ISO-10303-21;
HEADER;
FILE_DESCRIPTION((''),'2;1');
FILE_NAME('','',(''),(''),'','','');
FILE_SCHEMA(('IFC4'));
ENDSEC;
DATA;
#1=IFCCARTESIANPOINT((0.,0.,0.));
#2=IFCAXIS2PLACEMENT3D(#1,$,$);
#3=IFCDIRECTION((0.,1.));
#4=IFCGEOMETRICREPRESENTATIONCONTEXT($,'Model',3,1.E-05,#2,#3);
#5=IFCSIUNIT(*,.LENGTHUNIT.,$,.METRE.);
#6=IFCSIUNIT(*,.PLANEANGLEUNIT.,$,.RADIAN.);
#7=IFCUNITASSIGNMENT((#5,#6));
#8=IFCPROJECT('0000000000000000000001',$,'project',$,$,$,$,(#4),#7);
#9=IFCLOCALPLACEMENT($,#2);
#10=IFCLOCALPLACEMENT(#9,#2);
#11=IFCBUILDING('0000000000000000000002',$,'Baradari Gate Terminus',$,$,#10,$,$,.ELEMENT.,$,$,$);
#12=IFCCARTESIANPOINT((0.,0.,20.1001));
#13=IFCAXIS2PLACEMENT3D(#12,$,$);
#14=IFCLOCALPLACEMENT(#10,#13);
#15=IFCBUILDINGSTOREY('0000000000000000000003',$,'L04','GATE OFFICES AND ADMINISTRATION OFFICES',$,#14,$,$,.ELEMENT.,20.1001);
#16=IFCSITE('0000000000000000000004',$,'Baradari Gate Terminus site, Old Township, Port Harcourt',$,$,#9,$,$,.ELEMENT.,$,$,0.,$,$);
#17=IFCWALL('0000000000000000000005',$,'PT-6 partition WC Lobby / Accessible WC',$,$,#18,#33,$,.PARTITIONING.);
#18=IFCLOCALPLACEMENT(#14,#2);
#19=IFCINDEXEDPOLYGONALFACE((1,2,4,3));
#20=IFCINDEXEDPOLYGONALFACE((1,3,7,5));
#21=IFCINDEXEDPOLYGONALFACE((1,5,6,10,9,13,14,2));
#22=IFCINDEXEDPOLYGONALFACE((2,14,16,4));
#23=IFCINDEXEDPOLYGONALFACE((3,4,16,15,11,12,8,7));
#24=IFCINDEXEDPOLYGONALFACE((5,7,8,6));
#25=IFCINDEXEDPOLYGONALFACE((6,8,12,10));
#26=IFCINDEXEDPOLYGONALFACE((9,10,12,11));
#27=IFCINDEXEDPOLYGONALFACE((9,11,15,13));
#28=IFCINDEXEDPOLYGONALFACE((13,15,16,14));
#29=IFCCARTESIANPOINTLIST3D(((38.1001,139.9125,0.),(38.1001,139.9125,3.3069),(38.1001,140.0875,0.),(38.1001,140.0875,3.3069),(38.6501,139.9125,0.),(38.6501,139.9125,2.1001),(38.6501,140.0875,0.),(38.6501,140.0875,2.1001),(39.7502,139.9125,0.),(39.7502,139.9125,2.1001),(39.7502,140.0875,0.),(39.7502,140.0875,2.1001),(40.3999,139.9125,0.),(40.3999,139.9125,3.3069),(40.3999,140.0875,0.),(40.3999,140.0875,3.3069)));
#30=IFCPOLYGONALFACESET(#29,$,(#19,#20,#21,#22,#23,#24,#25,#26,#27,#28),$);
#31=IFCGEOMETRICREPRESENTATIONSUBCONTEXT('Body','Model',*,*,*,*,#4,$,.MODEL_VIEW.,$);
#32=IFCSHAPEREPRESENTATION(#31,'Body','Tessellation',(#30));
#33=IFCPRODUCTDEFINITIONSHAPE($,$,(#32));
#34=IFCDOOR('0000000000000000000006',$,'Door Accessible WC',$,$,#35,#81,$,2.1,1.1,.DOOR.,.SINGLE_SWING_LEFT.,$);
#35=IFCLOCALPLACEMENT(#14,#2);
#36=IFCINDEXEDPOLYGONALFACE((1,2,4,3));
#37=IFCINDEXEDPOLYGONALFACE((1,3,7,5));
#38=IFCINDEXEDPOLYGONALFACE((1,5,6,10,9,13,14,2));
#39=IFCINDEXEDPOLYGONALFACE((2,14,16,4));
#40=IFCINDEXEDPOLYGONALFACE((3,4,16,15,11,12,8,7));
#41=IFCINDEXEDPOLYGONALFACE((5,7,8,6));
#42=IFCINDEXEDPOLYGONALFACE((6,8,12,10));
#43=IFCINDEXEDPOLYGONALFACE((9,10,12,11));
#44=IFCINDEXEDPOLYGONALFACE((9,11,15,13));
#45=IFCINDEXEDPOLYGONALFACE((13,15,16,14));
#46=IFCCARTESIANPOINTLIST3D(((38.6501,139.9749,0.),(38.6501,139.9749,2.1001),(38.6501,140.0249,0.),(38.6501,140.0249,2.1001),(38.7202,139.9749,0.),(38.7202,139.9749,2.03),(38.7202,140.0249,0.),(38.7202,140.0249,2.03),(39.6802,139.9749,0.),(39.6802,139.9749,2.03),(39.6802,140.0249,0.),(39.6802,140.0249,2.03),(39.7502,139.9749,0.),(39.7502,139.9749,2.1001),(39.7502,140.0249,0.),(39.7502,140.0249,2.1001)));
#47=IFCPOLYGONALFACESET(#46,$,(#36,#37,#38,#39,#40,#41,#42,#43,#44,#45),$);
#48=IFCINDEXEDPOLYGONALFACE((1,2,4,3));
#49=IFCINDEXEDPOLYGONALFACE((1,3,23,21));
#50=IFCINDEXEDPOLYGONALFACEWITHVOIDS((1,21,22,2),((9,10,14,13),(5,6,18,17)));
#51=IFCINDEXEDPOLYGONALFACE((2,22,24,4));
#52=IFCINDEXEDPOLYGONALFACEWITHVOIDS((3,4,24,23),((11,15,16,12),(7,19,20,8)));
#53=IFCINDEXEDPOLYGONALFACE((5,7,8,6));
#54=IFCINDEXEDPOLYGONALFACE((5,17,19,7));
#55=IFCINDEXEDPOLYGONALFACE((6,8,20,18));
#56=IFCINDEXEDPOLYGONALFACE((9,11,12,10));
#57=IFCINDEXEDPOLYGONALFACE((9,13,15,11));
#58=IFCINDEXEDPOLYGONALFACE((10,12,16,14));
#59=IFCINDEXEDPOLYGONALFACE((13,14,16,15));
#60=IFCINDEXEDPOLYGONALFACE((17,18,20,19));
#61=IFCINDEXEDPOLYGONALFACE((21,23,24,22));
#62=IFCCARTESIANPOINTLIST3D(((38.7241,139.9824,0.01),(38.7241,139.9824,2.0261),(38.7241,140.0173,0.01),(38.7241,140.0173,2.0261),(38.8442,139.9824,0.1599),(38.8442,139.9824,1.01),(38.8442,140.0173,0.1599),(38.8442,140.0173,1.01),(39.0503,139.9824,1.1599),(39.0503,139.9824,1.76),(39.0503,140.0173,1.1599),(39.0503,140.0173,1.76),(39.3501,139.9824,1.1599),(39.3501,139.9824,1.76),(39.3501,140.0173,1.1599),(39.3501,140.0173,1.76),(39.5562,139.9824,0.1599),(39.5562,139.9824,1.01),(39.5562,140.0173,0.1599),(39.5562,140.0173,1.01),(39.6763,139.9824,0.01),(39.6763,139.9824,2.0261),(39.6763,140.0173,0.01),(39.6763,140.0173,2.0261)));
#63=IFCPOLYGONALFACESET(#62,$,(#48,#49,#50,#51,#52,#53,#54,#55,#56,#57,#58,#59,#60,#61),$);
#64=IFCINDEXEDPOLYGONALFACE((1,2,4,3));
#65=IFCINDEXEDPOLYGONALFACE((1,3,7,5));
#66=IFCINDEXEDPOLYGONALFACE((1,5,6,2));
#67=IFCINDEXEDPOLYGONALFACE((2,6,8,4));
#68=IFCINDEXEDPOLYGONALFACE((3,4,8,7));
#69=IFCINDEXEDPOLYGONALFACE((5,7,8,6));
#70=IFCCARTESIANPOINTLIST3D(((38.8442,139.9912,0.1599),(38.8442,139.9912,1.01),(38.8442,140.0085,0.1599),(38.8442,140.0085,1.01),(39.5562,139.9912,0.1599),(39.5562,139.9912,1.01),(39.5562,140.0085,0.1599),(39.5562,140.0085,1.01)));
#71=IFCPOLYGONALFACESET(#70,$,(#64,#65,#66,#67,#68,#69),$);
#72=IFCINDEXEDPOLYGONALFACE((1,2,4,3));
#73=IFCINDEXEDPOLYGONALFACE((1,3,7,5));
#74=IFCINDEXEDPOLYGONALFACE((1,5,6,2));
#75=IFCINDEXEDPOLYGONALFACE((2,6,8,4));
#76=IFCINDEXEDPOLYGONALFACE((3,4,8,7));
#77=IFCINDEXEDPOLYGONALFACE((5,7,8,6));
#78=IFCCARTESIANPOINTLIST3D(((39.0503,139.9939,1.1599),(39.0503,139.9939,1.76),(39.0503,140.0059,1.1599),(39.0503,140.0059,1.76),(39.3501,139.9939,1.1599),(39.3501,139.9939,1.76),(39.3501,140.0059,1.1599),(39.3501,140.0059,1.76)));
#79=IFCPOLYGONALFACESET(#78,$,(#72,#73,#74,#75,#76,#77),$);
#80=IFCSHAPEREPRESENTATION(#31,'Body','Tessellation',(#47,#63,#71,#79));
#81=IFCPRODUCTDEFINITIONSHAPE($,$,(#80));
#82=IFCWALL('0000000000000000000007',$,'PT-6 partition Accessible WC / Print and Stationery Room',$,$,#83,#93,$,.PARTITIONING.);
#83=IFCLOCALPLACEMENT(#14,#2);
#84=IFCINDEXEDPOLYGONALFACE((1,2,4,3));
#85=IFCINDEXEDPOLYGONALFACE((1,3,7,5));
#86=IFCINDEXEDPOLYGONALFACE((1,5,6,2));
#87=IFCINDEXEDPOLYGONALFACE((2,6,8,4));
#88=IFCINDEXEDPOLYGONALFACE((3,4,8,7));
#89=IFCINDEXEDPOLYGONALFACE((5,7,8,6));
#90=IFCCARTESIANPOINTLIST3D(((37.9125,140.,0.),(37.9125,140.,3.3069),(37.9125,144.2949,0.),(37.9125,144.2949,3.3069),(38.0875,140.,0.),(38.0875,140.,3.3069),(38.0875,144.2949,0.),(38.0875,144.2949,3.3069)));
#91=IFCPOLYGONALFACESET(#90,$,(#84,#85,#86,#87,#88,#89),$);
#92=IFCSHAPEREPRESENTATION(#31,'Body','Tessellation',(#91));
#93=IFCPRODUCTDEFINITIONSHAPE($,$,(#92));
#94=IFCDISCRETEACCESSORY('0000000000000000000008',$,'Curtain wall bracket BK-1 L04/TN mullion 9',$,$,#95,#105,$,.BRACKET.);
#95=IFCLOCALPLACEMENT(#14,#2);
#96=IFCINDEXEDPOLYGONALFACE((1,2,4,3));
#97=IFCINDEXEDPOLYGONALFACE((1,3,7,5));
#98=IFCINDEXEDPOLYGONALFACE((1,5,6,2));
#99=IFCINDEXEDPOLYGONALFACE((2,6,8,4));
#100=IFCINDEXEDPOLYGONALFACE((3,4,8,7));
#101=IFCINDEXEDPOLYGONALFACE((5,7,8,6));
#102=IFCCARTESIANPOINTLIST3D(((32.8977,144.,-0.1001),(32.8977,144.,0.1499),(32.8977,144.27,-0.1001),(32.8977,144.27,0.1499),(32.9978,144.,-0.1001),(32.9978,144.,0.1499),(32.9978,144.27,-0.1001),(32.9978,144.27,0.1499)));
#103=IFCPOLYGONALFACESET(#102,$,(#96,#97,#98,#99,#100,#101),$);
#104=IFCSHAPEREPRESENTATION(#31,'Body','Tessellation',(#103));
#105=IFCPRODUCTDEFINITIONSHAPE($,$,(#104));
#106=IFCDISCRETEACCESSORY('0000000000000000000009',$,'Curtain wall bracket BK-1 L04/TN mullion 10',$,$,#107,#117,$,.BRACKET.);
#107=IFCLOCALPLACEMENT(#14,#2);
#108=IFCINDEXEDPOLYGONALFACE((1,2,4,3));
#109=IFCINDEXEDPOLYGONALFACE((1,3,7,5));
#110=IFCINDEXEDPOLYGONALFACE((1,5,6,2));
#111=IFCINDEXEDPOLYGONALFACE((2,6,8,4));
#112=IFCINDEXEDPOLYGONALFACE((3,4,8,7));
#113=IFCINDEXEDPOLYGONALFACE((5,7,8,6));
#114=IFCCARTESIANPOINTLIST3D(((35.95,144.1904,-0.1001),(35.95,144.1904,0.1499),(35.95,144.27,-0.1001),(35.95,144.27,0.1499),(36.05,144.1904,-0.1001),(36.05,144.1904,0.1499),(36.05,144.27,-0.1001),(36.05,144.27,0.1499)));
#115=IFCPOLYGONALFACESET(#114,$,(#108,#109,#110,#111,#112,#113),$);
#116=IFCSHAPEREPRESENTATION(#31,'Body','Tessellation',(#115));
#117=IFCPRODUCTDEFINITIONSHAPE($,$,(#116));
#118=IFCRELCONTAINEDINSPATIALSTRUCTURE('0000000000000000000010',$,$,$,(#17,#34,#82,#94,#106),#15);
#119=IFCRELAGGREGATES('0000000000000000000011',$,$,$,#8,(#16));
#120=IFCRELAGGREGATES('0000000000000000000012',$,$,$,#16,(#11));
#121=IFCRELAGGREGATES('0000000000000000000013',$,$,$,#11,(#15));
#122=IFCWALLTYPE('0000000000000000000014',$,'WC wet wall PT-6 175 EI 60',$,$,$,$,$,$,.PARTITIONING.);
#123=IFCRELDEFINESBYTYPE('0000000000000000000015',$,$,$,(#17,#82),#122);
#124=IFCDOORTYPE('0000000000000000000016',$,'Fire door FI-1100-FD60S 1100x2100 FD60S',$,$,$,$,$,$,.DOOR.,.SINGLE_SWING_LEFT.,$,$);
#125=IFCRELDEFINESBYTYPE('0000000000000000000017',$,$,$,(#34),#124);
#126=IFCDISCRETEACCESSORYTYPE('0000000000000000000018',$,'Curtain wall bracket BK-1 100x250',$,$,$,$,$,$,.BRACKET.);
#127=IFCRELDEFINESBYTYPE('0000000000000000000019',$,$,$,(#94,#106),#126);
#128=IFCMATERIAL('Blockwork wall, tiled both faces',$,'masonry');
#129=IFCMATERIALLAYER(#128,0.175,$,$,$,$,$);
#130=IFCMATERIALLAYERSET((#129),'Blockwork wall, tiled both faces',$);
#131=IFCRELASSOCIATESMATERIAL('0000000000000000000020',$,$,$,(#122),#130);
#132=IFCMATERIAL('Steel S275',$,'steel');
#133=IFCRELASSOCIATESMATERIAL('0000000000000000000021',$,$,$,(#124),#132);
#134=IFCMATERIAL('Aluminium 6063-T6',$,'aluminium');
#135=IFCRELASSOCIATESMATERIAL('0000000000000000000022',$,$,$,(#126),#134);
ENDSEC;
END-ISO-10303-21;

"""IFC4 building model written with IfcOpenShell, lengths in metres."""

from ifc_helpers import new_model, si_unit, direction, frame, frame_2d, origin, origin_2d, place, context, subcontext, project, spatial, polyline, rectangle, outline, extrude, material, layer, layer_set, type_object, element, fill, save


model = new_model("IFC4")

# Units and contexts
model_context = context("Model", 3, precision=1e-05, world=origin(), true_north=direction((0.0, 1.0)))
body_context = subcontext(model_context, "Body", "Model", "MODEL_VIEW")
ifc_project = project(units=[si_unit("LENGTHUNIT", "METRE"), si_unit("PLANEANGLEUNIT", "RADIAN")], contexts=[model_context])

# Site, building, storey
site_placement = place(None, origin())
site = spatial("IfcSite", under=ifc_project, at=site_placement, Name="Baradari Gate Terminus site, Old Township, Port Harcourt", CompositionType="ELEMENT", RefElevation=0.0)
building_placement = place(site_placement, origin())
building = spatial("IfcBuilding", under=site, at=building_placement, Name="Baradari Gate Terminus", CompositionType="ELEMENT")
storey_placement = place(building_placement, frame((0.0, 0.0, 20.1001)))
storey = spatial("IfcBuildingStorey", under=building, at=storey_placement, Name="L04", Description="GATE OFFICES AND ADMINISTRATION OFFICES", CompositionType="ELEMENT", Elevation=20.1001)

# Wall, opening, door
ifc_material_1 = material(Name="Blockwork wall, tiled both faces", Category="masonry")
ifc_layer_1 = layer(ifc_material_1, 0.175)
ifc_layer_set_1 = layer_set([ifc_layer_1], Name="Blockwork wall, tiled both faces")
wall_type_1 = type_object("IfcWallType", Name="WC wet wall PT-6 175 EI 60", PredefinedType="PARTITIONING", material=ifc_layer_set_1)
wall_1_placement = place(storey_placement, frame((38.1001, 140.0, 0.0), z_axis=(0.0, 0.0, 1.0), x_axis=(1.0, 0.0, 0.0)))
wall_1 = element("IfcWall", 1, at=wall_1_placement, inside=storey, type_object=wall_type_1, Name="PT-6 partition WC Lobby / Accessible WC", PredefinedType="PARTITIONING", context=body_context, shape_type="SweptSolid", body=[
    extrude(rectangle(XDim=2.2998, YDim=0.175, at=frame_2d((1.1499, 0.0))), origin(), (0.0, 0.0, 1.0), 3.3069),
])
opening_placement = place(wall_1_placement, frame((0.55, 0.0, 0.0)))
opening = element("IfcOpeningElement", 2, at=opening_placement, cuts=wall_1, PredefinedType="OPENING", context=body_context, shape_type="SweptSolid", body=[
    extrude(rectangle(XDim=1.1001, YDim=2.1001, at=frame_2d((0.55, 1.05))), frame((0.0, 0.0974, 0.0), z_axis=(0.0, -1.0, 0.0), x_axis=(1.0, 0.0, 0.0)), (0.0, 0.0, 1.0), 0.1951),
])
ifc_material_2 = material(Name="Steel S275", Category="steel")
door_type = type_object("IfcDoorType", Name="Fire door FI-1100-FD60S 1100x2100 FD60S", OperationType="SINGLE_SWING_LEFT", PredefinedType="DOOR", material=ifc_material_2)
door_placement = place(opening_placement, origin())
door = element("IfcDoor", 3, at=door_placement, inside=storey, type_object=door_type, Name="Door Accessible WC", OperationType="SINGLE_SWING_LEFT", OverallHeight=2.1, OverallWidth=1.1, PredefinedType="DOOR", context=body_context, shape_type="SweptSolid", body=[
    extrude(outline(polyline([(0.0, 0.0), (0.0701, 0.0), (0.0701, 2.03), (1.03, 2.03), (1.03, 0.0), (1.1001, 0.0), (1.1001, 2.1001), (0.0, 2.1001), (0.0, 0.0)])), frame((0.0, 0.0249, 0.0), z_axis=(0.0, -1.0, 0.0), x_axis=(1.0, 0.0, 0.0)), (0.0, 0.0, 1.0), 0.05),
    extrude(outline(polyline([(0.074, 0.01), (1.0261, 0.01), (1.0261, 2.0261), (0.074, 2.0261), (0.074, 0.01)]), holes=[polyline([(0.1941, 0.1599), (0.906, 0.1599), (0.906, 1.01), (0.1941, 1.01), (0.1941, 0.1599)]), polyline([(0.4001, 1.1599), (0.7, 1.1599), (0.7, 1.76), (0.4001, 1.76), (0.4001, 1.1599)])]), frame((0.0, 0.0173, 0.0), z_axis=(0.0, -1.0, 0.0), x_axis=(1.0, 0.0, 0.0)), (0.0, 0.0, 1.0), 0.0349),
    extrude(rectangle(XDim=0.7119, YDim=0.8501, at=frame_2d((0.55, 0.585))), frame((0.0, 0.0085, 0.0), z_axis=(0.0, -1.0, 0.0), x_axis=(1.0, 0.0, 0.0)), (0.0, 0.0, 1.0), 0.0173),
    extrude(rectangle(XDim=0.2998, YDim=0.6001, at=frame_2d((0.55, 1.46))), frame((0.0, 0.0059, 0.0), z_axis=(0.0, -1.0, 0.0), x_axis=(1.0, 0.0, 0.0)), (0.0, 0.0, 1.0), 0.012),
])
fill(opening, door)

# Wall
wall_2_placement = place(storey_placement, frame((38.0, 140.0, 0.0), z_axis=(0.0, 0.0, 1.0), x_axis=(0.0, 1.0, 0.0)))
element("IfcWall", 4, at=wall_2_placement, inside=storey, type_object=wall_type_1, Name="PT-6 partition Accessible WC / Print and Stationery Room", PredefinedType="PARTITIONING", context=body_context, shape_type="SweptSolid", body=[
    extrude(rectangle(XDim=4.2949, YDim=0.175, at=frame_2d((2.1475, 0.0))), origin(), (0.0, 0.0, 1.0), 3.3069),
])

# Discrete accessories
ifc_material_3 = material(Name="Aluminium 6063-T6", Category="aluminium")
discrete_accessory_type = type_object("IfcDiscreteAccessoryType", Name="Curtain wall bracket BK-1 100x250", PredefinedType="BRACKET", material=ifc_material_3)
discrete_accessory_1_placement = place(storey_placement, frame((32.9478, 144.135, -0.1001), z_axis=(0.0, 0.0, 1.0), x_axis=(0.0, 1.0, 0.0)))
element("IfcDiscreteAccessory", 5, at=discrete_accessory_1_placement, inside=storey, type_object=discrete_accessory_type, Name="Curtain wall bracket BK-1 L04/TN mullion 9", PredefinedType="BRACKET", context=body_context, shape_type="SweptSolid", body=[
    extrude(rectangle(XDim=0.27, YDim=0.1001, at=origin_2d()), origin(), (0.0, 0.0, 1.0), 0.25),
])
discrete_accessory_2_placement = place(storey_placement, frame((36.0, 144.2302, -0.1001), z_axis=(0.0, 0.0, 1.0), x_axis=(0.0, 1.0, 0.0)))
element("IfcDiscreteAccessory", 6, at=discrete_accessory_2_placement, inside=storey, type_object=discrete_accessory_type, Name="Curtain wall bracket BK-1 L04/TN mullion 10", PredefinedType="BRACKET", context=body_context, shape_type="SweptSolid", body=[
    extrude(rectangle(XDim=0.0796, YDim=0.1001, at=origin_2d()), origin(), (0.0, 0.0, 1.0), 0.25),
])

save(model, "model.ifc")
